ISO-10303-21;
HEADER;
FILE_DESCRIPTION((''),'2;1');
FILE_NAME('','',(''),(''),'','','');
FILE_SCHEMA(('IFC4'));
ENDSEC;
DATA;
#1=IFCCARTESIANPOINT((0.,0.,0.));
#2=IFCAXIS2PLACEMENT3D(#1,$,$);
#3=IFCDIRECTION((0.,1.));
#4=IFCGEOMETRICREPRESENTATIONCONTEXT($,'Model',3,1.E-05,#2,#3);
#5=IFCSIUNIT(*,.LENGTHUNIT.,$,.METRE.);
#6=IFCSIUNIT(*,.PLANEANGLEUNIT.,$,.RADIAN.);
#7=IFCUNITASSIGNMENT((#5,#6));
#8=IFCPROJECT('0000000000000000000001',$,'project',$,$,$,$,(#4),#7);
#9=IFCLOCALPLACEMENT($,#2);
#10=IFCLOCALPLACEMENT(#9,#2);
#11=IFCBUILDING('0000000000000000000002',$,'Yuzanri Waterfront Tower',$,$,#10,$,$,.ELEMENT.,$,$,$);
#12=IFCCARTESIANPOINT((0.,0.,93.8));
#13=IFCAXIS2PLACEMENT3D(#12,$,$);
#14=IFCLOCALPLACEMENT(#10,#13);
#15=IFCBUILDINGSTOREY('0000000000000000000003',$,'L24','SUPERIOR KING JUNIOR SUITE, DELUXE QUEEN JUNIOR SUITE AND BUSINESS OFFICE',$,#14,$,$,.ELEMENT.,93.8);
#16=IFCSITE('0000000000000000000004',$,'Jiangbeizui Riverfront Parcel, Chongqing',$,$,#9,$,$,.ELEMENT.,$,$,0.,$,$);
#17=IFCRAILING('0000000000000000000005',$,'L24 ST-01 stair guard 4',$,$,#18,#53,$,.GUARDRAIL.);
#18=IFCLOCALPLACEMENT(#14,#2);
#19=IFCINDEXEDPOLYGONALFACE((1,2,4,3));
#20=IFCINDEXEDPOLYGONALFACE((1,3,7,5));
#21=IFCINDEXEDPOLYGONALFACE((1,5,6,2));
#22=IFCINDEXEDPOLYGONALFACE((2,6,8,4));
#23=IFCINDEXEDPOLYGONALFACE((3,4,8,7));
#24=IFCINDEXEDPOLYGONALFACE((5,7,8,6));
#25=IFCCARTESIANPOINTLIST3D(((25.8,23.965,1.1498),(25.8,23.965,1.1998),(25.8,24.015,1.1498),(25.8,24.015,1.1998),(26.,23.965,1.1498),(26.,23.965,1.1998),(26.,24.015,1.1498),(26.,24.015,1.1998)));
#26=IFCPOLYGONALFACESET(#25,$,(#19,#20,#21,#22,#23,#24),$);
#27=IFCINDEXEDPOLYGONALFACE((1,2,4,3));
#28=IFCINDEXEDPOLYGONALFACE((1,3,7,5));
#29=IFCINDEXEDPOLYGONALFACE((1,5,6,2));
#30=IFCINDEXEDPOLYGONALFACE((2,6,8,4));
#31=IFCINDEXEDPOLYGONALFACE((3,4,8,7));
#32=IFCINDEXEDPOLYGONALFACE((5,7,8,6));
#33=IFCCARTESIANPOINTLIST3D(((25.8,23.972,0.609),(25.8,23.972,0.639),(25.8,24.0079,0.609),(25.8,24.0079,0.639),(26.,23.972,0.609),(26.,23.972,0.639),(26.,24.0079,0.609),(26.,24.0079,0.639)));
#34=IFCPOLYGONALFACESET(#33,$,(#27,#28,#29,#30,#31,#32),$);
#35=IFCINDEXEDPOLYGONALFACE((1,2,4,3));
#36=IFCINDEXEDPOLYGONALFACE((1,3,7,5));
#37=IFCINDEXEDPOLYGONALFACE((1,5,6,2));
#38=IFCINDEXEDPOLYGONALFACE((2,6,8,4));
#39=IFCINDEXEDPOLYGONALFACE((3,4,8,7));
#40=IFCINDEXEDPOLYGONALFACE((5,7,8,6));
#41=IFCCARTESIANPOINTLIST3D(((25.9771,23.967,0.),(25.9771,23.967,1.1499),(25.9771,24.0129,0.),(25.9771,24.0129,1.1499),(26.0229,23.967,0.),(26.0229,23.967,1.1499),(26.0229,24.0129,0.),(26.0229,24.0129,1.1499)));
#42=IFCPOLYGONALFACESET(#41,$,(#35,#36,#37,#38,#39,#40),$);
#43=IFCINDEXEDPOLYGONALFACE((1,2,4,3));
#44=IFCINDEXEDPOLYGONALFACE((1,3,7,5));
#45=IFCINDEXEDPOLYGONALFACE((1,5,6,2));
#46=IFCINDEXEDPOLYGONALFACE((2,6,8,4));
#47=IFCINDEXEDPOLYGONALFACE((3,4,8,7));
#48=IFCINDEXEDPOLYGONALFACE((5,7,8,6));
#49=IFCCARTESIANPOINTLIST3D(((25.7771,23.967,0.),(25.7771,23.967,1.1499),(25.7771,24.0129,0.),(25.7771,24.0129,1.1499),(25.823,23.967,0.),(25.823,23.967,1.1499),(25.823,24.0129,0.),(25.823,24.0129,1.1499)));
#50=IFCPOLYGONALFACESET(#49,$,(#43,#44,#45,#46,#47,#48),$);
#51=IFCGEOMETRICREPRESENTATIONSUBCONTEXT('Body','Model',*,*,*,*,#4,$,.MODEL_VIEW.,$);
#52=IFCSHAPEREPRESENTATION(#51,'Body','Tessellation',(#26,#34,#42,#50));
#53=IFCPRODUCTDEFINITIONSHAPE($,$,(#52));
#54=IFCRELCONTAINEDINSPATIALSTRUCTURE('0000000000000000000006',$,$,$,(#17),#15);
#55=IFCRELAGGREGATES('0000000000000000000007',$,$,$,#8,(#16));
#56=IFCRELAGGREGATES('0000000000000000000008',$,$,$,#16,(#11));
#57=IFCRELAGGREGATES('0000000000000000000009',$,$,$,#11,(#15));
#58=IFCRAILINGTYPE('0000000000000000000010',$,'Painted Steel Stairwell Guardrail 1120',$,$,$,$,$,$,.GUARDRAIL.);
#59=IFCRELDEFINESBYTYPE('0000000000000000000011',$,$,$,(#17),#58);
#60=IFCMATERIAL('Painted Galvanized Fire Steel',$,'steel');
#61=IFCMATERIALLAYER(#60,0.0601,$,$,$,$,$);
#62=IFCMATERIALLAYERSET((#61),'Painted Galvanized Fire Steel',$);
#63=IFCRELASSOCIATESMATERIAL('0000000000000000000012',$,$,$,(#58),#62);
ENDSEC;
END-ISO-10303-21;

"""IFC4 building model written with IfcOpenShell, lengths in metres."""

from ifc_helpers import new_model, si_unit, direction, frame, origin, origin_2d, place, context, subcontext, project, spatial, rectangle, extrude, source, transform, mapped, material, layer, layer_set, type_object, element, save


model = new_model("IFC4")

# Units and contexts
model_context = context("Model", 3, precision=1e-05, world=origin(), true_north=direction((0.0, 1.0)))
body_context = subcontext(model_context, "Body", "Model", "MODEL_VIEW")
ifc_project = project(units=[si_unit("LENGTHUNIT", "METRE"), si_unit("PLANEANGLEUNIT", "RADIAN")], contexts=[model_context])

# Site, building, storey
site_placement = place(None, origin())
site = spatial("IfcSite", under=ifc_project, at=site_placement, Name="Jiangbeizui Riverfront Parcel, Chongqing", CompositionType="ELEMENT", RefElevation=0.0)
building_placement = place(site_placement, origin())
building = spatial("IfcBuilding", under=site, at=building_placement, Name="Yuzanri Waterfront Tower", CompositionType="ELEMENT")
storey_placement = place(building_placement, frame((0.0, 0.0, 93.8)))
storey = spatial("IfcBuildingStorey", under=building, at=storey_placement, Name="L24", Description="SUPERIOR KING JUNIOR SUITE, DELUXE QUEEN JUNIOR SUITE AND BUSINESS OFFICE", CompositionType="ELEMENT", Elevation=93.8)

# Railing
ifc_material_1 = material(Name="Painted Galvanized Fire Steel", Category="steel")
ifc_layer_1 = layer(ifc_material_1, 0.0601)
ifc_layer_set_1 = layer_set([ifc_layer_1], Name="Painted Galvanized Fire Steel")
railing_type = type_object("IfcRailingType", Name="Painted Steel Stairwell Guardrail 1120", PredefinedType="GUARDRAIL", material=ifc_layer_set_1)
shared_shape_1 = source(origin(), body_context, "Body", "SweptSolid", [
    extrude(rectangle(XDim=0.05, YDim=0.05, at=origin_2d()), frame((0.0, 0.0, 1.1748), z_axis=(-1.0, 0.0, 0.0), x_axis=(0.0, -1.0, 0.0)), (0.0, 0.0, 1.0), 0.2),
    extrude(rectangle(XDim=0.0359, YDim=0.03, at=origin_2d()), frame((0.0, 0.0, 0.624), z_axis=(-1.0, 0.0, 0.0), x_axis=(0.0, -1.0, 0.0)), (0.0, 0.0, 1.0), 0.2),
    extrude(rectangle(XDim=0.0459, YDim=0.0459, at=origin_2d()), origin(), (0.0, 0.0, 1.0), 1.1499),
    extrude(rectangle(XDim=0.0459, YDim=0.0459, at=origin_2d()), frame((-0.2, 0.0, 0.0)), (0.0, 0.0, 1.0), 1.1499),
])
railing_placement = place(storey_placement, frame((26.0, 23.99, 0.0)))
element("IfcRailing", 1, at=railing_placement, inside=storey, type_object=railing_type, Name="L24 ST-01 stair guard 4", PredefinedType="GUARDRAIL", context=body_context, shape_type="MappedRepresentation", body=[
    mapped(shared_shape_1, transform((0.0, 0.0, 0.0), scale=1.0)),
])

save(model, "model.ifc")
